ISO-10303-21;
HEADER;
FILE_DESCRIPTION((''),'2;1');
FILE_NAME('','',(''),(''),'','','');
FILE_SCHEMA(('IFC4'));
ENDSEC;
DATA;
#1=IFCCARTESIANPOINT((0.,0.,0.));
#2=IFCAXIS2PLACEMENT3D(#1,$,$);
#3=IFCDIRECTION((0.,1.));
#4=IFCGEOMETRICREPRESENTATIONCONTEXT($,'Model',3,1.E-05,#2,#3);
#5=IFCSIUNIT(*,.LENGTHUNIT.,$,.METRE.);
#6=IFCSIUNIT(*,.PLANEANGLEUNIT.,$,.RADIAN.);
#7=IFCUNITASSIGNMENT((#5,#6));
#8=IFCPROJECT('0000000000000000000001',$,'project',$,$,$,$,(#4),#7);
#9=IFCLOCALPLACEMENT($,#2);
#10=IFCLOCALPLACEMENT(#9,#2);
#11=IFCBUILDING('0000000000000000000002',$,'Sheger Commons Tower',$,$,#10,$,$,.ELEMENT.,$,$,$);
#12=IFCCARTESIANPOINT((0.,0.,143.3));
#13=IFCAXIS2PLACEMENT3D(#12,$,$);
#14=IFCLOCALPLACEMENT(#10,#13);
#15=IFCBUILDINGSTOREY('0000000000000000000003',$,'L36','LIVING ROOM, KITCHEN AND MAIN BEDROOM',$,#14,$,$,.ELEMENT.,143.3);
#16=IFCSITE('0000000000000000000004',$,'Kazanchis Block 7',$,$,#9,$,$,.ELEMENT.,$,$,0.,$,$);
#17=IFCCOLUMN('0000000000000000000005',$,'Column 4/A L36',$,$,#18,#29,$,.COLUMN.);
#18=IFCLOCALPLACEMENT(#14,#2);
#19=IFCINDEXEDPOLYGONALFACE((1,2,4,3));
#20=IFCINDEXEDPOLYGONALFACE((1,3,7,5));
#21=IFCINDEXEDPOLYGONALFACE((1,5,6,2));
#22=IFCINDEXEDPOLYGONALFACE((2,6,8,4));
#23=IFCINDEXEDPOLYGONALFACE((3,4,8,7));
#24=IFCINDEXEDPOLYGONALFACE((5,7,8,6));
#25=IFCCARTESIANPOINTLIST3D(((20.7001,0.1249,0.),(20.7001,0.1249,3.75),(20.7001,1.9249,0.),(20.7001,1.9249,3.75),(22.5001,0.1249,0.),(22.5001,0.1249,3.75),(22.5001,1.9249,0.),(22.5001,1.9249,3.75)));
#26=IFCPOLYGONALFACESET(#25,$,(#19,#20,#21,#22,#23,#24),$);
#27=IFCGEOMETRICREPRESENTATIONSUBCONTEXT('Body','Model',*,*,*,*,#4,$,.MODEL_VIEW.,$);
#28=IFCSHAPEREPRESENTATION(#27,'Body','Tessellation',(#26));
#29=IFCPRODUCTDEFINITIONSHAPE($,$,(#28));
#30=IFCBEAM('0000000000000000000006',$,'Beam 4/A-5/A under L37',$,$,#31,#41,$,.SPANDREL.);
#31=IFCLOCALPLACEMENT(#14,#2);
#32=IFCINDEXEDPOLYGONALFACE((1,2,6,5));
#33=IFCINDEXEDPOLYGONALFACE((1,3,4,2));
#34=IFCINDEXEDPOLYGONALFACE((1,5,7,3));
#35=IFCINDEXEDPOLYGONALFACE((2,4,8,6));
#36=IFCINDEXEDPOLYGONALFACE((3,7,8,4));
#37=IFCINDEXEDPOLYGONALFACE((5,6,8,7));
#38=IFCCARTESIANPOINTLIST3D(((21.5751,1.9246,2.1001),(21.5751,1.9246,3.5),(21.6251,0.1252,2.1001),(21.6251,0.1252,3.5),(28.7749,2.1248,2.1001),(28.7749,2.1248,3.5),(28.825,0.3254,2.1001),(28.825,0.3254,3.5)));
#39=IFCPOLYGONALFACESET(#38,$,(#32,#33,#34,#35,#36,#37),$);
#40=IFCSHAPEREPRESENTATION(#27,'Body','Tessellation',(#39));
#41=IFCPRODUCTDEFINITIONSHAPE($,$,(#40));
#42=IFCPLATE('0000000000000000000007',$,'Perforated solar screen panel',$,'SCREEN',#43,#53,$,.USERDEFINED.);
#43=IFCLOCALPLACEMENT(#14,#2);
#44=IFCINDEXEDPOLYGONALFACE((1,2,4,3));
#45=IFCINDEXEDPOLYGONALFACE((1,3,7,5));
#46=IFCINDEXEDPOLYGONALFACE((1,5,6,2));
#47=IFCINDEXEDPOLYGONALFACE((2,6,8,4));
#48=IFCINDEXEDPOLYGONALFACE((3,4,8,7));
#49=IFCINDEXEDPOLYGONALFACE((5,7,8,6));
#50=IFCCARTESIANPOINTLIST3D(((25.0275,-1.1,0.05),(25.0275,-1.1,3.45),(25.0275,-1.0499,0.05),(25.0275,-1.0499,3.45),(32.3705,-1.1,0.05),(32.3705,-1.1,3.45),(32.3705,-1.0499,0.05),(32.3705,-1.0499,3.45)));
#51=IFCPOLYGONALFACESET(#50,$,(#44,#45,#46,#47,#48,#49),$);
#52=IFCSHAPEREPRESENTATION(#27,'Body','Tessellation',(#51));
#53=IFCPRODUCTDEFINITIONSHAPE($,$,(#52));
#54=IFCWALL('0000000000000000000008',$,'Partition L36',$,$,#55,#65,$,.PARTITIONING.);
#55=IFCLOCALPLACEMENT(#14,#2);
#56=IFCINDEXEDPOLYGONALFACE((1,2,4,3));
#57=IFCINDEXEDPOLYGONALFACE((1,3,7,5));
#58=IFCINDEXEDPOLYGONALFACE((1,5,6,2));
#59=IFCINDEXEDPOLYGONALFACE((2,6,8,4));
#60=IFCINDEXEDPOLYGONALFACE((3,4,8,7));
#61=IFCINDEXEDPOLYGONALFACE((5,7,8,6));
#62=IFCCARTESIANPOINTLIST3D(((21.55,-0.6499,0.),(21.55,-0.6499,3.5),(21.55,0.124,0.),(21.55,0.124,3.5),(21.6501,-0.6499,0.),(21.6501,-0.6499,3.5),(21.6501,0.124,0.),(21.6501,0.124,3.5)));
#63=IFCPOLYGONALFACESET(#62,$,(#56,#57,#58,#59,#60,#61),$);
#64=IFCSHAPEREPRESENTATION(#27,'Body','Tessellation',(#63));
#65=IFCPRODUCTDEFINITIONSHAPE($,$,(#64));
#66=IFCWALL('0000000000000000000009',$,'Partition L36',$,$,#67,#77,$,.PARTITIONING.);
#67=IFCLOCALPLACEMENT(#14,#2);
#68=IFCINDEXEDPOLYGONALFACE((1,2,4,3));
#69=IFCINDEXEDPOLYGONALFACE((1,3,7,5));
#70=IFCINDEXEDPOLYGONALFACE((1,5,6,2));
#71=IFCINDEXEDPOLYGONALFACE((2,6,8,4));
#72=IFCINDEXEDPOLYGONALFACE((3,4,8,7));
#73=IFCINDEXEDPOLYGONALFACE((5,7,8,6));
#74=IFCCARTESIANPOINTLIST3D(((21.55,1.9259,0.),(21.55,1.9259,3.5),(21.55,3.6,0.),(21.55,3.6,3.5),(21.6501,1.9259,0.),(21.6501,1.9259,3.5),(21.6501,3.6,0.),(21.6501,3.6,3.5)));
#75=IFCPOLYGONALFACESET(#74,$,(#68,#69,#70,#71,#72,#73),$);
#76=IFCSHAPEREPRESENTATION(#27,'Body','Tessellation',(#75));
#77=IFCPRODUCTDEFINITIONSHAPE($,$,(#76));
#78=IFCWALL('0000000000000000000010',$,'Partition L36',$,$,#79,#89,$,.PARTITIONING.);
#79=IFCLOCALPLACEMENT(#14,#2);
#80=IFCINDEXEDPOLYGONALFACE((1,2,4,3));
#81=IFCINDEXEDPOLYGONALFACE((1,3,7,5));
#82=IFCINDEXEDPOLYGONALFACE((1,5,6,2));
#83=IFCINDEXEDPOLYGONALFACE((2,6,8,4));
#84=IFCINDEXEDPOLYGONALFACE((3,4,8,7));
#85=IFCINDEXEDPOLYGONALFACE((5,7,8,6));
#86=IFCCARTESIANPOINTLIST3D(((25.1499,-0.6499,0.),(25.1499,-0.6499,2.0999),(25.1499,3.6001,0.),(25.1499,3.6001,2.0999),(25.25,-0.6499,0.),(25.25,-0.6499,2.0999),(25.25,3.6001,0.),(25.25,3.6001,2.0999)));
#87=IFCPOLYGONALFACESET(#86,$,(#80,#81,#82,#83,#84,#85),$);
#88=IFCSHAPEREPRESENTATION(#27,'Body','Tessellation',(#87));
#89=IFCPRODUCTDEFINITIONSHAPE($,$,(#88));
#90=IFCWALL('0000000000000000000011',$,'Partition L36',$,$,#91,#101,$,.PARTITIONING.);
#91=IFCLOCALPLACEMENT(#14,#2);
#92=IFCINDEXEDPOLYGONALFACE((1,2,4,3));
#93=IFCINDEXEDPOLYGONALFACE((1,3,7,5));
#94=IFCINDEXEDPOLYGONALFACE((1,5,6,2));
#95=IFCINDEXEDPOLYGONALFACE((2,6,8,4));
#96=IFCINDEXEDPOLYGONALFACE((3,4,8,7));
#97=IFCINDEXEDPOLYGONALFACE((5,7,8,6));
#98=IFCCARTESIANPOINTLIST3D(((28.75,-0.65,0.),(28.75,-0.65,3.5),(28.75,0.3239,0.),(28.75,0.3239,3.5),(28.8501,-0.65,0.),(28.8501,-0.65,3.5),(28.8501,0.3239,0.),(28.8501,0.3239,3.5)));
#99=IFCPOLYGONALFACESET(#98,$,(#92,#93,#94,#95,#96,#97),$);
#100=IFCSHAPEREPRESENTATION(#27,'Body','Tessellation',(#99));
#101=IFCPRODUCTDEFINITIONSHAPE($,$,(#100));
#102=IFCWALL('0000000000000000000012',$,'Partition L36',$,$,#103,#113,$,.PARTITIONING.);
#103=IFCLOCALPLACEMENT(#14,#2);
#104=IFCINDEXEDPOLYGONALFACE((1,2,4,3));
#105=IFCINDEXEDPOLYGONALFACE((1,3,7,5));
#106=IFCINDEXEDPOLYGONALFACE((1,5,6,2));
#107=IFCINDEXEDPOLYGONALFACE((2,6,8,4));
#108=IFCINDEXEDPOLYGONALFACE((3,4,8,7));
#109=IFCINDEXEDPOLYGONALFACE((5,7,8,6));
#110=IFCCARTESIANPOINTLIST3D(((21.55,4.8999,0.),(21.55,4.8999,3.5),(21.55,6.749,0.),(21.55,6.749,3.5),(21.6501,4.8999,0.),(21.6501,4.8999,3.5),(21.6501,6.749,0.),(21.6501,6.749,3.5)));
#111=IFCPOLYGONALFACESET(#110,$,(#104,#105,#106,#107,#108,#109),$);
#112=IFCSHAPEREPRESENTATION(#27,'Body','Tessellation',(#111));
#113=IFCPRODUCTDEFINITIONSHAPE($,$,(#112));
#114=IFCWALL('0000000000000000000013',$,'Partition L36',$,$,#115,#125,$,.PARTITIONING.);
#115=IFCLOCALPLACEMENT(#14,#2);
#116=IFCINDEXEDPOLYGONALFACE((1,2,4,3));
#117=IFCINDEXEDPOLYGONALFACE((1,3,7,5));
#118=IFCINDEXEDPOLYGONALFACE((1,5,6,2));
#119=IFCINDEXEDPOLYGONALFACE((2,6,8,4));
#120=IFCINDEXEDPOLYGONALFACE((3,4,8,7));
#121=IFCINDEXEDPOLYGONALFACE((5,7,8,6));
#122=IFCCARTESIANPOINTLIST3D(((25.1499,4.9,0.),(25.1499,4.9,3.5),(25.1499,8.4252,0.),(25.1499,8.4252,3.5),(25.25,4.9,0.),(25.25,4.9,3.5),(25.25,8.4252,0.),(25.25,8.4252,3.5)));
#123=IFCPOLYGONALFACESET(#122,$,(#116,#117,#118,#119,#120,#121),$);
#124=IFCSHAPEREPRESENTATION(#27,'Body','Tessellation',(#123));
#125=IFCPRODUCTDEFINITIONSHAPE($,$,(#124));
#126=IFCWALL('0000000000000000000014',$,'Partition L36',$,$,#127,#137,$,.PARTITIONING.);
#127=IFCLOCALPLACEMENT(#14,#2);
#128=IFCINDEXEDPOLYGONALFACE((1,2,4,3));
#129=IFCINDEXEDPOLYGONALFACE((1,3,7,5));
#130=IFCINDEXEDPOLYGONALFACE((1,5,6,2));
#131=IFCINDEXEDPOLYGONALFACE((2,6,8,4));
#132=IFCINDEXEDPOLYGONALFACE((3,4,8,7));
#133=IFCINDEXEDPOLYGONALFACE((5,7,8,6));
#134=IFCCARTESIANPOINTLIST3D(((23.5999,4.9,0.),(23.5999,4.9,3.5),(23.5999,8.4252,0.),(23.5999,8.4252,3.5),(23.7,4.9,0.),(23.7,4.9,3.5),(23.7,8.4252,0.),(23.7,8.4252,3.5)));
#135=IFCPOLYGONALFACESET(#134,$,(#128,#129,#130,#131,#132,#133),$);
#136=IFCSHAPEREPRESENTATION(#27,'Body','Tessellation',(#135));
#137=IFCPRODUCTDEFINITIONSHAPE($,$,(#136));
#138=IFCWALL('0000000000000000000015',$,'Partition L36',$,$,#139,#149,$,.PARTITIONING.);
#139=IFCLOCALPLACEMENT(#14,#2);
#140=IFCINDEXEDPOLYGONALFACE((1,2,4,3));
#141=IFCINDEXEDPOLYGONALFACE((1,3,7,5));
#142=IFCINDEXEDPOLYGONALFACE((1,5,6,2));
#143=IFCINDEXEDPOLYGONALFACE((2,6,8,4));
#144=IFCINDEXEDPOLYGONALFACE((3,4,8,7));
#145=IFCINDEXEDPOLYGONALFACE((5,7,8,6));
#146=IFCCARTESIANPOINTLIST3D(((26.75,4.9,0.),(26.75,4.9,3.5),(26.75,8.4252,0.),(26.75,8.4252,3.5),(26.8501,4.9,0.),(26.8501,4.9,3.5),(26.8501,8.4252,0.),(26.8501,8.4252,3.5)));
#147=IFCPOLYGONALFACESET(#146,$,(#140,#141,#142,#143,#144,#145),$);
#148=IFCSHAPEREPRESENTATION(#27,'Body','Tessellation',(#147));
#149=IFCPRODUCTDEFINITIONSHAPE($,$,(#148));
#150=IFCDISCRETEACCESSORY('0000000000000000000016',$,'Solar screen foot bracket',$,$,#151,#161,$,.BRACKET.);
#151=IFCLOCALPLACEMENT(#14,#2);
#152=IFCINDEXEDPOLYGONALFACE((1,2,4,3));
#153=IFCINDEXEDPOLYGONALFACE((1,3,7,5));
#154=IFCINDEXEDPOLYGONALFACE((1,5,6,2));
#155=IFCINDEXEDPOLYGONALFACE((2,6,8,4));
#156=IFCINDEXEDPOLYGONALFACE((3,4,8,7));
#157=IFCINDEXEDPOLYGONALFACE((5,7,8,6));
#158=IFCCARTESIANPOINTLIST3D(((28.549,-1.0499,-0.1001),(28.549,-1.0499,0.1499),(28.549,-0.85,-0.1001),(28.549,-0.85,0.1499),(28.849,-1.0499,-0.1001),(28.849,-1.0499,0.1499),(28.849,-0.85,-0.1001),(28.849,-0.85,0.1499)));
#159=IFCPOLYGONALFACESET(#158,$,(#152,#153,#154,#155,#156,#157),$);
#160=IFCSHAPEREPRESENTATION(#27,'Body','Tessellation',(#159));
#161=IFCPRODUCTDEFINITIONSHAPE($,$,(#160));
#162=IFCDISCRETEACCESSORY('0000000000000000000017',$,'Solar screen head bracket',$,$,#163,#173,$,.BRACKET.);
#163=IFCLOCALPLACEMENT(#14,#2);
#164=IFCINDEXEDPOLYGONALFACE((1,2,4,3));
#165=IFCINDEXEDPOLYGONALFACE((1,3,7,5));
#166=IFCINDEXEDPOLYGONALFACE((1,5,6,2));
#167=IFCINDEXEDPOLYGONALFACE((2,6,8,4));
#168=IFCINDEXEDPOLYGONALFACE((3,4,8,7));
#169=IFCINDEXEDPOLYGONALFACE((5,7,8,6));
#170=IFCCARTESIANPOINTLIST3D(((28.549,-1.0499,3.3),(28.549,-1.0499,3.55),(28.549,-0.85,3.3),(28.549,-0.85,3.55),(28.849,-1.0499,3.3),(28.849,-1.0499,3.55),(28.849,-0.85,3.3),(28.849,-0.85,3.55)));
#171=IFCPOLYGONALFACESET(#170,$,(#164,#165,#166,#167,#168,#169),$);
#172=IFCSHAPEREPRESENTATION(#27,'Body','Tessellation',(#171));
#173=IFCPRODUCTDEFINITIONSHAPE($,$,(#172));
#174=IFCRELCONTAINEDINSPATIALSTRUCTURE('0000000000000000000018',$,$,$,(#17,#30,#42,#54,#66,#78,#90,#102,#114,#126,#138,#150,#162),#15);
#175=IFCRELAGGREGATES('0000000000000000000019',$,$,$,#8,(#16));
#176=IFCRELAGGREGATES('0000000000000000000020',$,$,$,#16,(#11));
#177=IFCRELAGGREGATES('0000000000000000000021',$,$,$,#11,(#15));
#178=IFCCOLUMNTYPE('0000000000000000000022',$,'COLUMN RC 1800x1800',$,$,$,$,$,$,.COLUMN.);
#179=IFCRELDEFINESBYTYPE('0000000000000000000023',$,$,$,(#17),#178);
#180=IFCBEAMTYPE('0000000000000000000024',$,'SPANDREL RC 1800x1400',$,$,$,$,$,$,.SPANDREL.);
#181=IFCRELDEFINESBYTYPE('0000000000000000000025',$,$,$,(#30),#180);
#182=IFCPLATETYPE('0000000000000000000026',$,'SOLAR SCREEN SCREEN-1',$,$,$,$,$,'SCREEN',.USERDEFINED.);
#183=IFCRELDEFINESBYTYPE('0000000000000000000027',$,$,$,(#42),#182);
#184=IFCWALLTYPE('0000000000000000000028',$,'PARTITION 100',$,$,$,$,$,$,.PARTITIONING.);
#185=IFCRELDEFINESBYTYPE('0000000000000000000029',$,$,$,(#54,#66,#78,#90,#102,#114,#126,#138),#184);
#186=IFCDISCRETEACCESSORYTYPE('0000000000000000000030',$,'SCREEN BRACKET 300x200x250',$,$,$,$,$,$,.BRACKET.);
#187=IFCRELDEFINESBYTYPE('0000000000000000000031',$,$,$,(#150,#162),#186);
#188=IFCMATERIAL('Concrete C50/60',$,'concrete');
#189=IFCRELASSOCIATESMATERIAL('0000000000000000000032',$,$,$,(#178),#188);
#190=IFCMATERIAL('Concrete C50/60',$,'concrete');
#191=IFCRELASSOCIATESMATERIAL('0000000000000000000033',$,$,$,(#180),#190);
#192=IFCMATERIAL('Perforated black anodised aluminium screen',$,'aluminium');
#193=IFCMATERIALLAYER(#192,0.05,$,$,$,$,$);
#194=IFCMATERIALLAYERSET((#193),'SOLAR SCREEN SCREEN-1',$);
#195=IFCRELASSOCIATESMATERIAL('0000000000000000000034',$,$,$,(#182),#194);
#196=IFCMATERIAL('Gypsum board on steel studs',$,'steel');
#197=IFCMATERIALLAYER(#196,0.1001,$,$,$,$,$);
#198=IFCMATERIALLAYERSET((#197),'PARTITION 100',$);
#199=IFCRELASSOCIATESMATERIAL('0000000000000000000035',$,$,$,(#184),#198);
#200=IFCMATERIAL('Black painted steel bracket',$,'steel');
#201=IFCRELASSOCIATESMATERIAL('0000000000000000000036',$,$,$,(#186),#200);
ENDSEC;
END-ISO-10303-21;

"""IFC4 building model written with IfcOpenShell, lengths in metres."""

from ifc_helpers import new_model, si_unit, direction, frame, frame_2d, origin, origin_2d, place, context, subcontext, project, spatial, rectangle, extrude, material, layer, layer_set, material_profile, profile_set, type_object, element, save


model = new_model("IFC4")

# Units and contexts
model_context = context("Model", 3, precision=1e-05, world=origin(), true_north=direction((0.0, 1.0)))
body_context = subcontext(model_context, "Body", "Model", "MODEL_VIEW")
ifc_project = project(units=[si_unit("LENGTHUNIT", "METRE"), si_unit("PLANEANGLEUNIT", "RADIAN")], contexts=[model_context])

# Site, building, storey
site_placement = place(None, origin())
site = spatial("IfcSite", under=ifc_project, at=site_placement, Name="Kazanchis Block 7", CompositionType="ELEMENT", RefElevation=0.0)
building_placement = place(site_placement, origin())
building = spatial("IfcBuilding", under=site, at=building_placement, Name="Sheger Commons Tower", CompositionType="ELEMENT")
storey_placement = place(building_placement, frame((0.0, 0.0, 143.3)))
storey = spatial("IfcBuildingStorey", under=building, at=storey_placement, Name="L36", Description="LIVING ROOM, KITCHEN AND MAIN BEDROOM", CompositionType="ELEMENT", Elevation=143.3)

# Column
ifc_material_1 = material(Name="Concrete C50/60", Category="concrete")
ifc_material_profile_1 = material_profile(ifc_material_1, rectangle(XDim=1.8, YDim=1.8, at=origin_2d()), Name="RC 1800x1800")
ifc_profile_set_1 = profile_set([ifc_material_profile_1], Name="Concrete C50/60")
column_type = type_object("IfcColumnType", Name="COLUMN RC 1800x1800", PredefinedType="COLUMN", material=ifc_profile_set_1)
column_placement = place(storey_placement, frame((21.6001, 1.0249, 0.0), z_axis=(0.0, 0.0, 1.0), x_axis=(1.0, 0.0, 0.0)))
element("IfcColumn", 1, at=column_placement, inside=storey, type_object=column_type, Name="Column 4/A L36", PredefinedType="COLUMN", context=body_context, shape_type="SweptSolid", body=[
    extrude(rectangle(XDim=1.8, YDim=1.8, at=origin_2d()), origin(), (0.0, 0.0, 1.0), 3.75),
])

# Beam
ifc_material_2 = material(Name="Concrete C50/60", Category="concrete")
ifc_material_profile_2 = material_profile(ifc_material_2, rectangle(XDim=1.8, YDim=1.3999, at=origin_2d()), Name="RC 1800x1400")
ifc_profile_set_2 = profile_set([ifc_material_profile_2], Name="Concrete C50/60")
beam_type = type_object("IfcBeamType", Name="SPANDREL RC 1800x1400", PredefinedType="SPANDREL", material=ifc_profile_set_2)
beam_placement = place(storey_placement, frame((21.6001, 1.0249, 2.8), z_axis=(0.999614, 0.027794, 0.0), x_axis=(-0.027794, 0.999614, 0.0)))
element("IfcBeam", 2, at=beam_placement, inside=storey, type_object=beam_type, Name="Beam 4/A-5/A under L37", PredefinedType="SPANDREL", context=body_context, shape_type="SweptSolid", body=[
    extrude(rectangle(XDim=1.8, YDim=1.3999, at=origin_2d()), origin(), (0.0, 0.0, 1.0), 7.2026),
])

# Plate
ifc_material_3 = material(Name="Perforated black anodised aluminium screen", Category="aluminium")
ifc_layer_1 = layer(ifc_material_3, 0.05)
ifc_layer_set_1 = layer_set([ifc_layer_1], Name="SOLAR SCREEN SCREEN-1")
plate_type = type_object("IfcPlateType", Name="SOLAR SCREEN SCREEN-1", ElementType="SCREEN", PredefinedType="USERDEFINED", material=ifc_layer_set_1)
plate_placement = place(storey_placement, frame((28.699, -1.075, 0.05), z_axis=(0.0, 0.0, 1.0), x_axis=(1.0, 0.0, 0.0)))
element("IfcPlate", 3, at=plate_placement, inside=storey, type_object=plate_type, Name="Perforated solar screen panel", ObjectType="SCREEN", PredefinedType="USERDEFINED", context=body_context, shape_type="SweptSolid", body=[
    extrude(rectangle(XDim=7.343, YDim=0.05, at=origin_2d()), origin(), (0.0, 0.0, 1.0), 3.3999),
])

# Walls
ifc_material_4 = material(Name="Gypsum board on steel studs", Category="steel")
ifc_layer_2 = layer(ifc_material_4, 0.1001)
ifc_layer_set_2 = layer_set([ifc_layer_2], Name="PARTITION 100")
wall_type = type_object("IfcWallType", Name="PARTITION 100", PredefinedType="PARTITIONING", material=ifc_layer_set_2)
wall_1_placement = place(storey_placement, frame((21.6001, -0.6499, 0.0), z_axis=(0.0, 0.0, 1.0), x_axis=(0.0, 1.0, 0.0)))
element("IfcWall", 4, at=wall_1_placement, inside=storey, type_object=wall_type, Name="Partition L36", PredefinedType="PARTITIONING", context=body_context, shape_type="SweptSolid", body=[
    extrude(rectangle(XDim=0.7739, YDim=0.1001, at=frame_2d((0.387, 0.0))), origin(), (0.0, 0.0, 1.0), 3.5),
])
wall_2_placement = place(storey_placement, frame((21.6001, 1.926, 0.0), z_axis=(0.0, 0.0, 1.0), x_axis=(0.0, 1.0, 0.0)))
element("IfcWall", 5, at=wall_2_placement, inside=storey, type_object=wall_type, Name="Partition L36", PredefinedType="PARTITIONING", context=body_context, shape_type="SweptSolid", body=[
    extrude(rectangle(XDim=1.6741, YDim=0.1001, at=frame_2d((0.8369, 0.0))), origin(), (0.0, 0.0, 1.0), 3.5),
])
wall_3_placement = place(storey_placement, frame((25.2, -0.6499, 0.0), z_axis=(0.0, 0.0, 1.0), x_axis=(0.0, 1.0, 0.0)))
element("IfcWall", 6, at=wall_3_placement, inside=storey, type_object=wall_type, Name="Partition L36", PredefinedType="PARTITIONING", context=body_context, shape_type="SweptSolid", body=[
    extrude(rectangle(XDim=4.25, YDim=0.1001, at=frame_2d((2.125, 0.0))), origin(), (0.0, 0.0, 1.0), 2.0999),
])
wall_4_placement = place(storey_placement, frame((28.8, -0.6499, 0.0), z_axis=(0.0, 0.0, 1.0), x_axis=(0.0, 1.0, 0.0)))
element("IfcWall", 7, at=wall_4_placement, inside=storey, type_object=wall_type, Name="Partition L36", PredefinedType="PARTITIONING", context=body_context, shape_type="SweptSolid", body=[
    extrude(rectangle(XDim=0.9739, YDim=0.1001, at=frame_2d((0.4868, 0.0))), origin(), (0.0, 0.0, 1.0), 3.5),
])
wall_5_placement = place(storey_placement, frame((21.6001, 4.8999, 0.0), z_axis=(0.0, 0.0, 1.0), x_axis=(0.0, 1.0, 0.0)))
element("IfcWall", 8, at=wall_5_placement, inside=storey, type_object=wall_type, Name="Partition L36", PredefinedType="PARTITIONING", context=body_context, shape_type="SweptSolid", body=[
    extrude(rectangle(XDim=1.8491, YDim=0.1001, at=frame_2d((0.9246, 0.0))), origin(), (0.0, 0.0, 1.0), 3.5),
])
for number, where, z_axis, x_axis, name in (
    (9, (25.2, 4.8999, 0.0), (0.0, 0.0, 1.0), (0.0, 1.0, 0.0), "Partition L36"),
    (10, (23.6499, 4.8999, 0.0), (0.0, 0.0, 1.0), (0.0, 1.0, 0.0), "Partition L36"),
    (11, (26.8, 4.8999, 0.0), (0.0, 0.0, 1.0), (0.0, 1.0, 0.0), "Partition L36"),
):
    element("IfcWall", number, at=place(storey_placement, frame(where, z_axis=z_axis, x_axis=x_axis)), inside=storey, type_object=wall_type, Name=name, PredefinedType="PARTITIONING", context=body_context, shape_type="SweptSolid", body=[
        extrude(rectangle(XDim=3.5251, YDim=0.1001, at=frame_2d((1.7627, 0.0))), origin(), (0.0, 0.0, 1.0), 3.5),
    ])

# Discrete accessories
ifc_material_5 = material(Name="Black painted steel bracket", Category="steel")
discrete_accessory_type = type_object("IfcDiscreteAccessoryType", Name="SCREEN BRACKET 300x200x250", PredefinedType="BRACKET", material=ifc_material_5)
for number, where, z_axis, x_axis, name in (
    (12, (28.699, -0.95, -0.1001), (0.0, 0.0, 1.0), (1.0, 0.0, 0.0), "Solar screen foot bracket"),
    (13, (28.699, -0.95, 3.3), (0.0, 0.0, 1.0), (1.0, 0.0, 0.0), "Solar screen head bracket"),
):
    element("IfcDiscreteAccessory", number, at=place(storey_placement, frame(where, z_axis=z_axis, x_axis=x_axis)), inside=storey, type_object=discrete_accessory_type, Name=name, PredefinedType="BRACKET", context=body_context, shape_type="SweptSolid", body=[
        extrude(rectangle(XDim=0.3, YDim=0.2, at=origin_2d()), origin(), (0.0, 0.0, 1.0), 0.25),
    ])

save(model, "model.ifc")
